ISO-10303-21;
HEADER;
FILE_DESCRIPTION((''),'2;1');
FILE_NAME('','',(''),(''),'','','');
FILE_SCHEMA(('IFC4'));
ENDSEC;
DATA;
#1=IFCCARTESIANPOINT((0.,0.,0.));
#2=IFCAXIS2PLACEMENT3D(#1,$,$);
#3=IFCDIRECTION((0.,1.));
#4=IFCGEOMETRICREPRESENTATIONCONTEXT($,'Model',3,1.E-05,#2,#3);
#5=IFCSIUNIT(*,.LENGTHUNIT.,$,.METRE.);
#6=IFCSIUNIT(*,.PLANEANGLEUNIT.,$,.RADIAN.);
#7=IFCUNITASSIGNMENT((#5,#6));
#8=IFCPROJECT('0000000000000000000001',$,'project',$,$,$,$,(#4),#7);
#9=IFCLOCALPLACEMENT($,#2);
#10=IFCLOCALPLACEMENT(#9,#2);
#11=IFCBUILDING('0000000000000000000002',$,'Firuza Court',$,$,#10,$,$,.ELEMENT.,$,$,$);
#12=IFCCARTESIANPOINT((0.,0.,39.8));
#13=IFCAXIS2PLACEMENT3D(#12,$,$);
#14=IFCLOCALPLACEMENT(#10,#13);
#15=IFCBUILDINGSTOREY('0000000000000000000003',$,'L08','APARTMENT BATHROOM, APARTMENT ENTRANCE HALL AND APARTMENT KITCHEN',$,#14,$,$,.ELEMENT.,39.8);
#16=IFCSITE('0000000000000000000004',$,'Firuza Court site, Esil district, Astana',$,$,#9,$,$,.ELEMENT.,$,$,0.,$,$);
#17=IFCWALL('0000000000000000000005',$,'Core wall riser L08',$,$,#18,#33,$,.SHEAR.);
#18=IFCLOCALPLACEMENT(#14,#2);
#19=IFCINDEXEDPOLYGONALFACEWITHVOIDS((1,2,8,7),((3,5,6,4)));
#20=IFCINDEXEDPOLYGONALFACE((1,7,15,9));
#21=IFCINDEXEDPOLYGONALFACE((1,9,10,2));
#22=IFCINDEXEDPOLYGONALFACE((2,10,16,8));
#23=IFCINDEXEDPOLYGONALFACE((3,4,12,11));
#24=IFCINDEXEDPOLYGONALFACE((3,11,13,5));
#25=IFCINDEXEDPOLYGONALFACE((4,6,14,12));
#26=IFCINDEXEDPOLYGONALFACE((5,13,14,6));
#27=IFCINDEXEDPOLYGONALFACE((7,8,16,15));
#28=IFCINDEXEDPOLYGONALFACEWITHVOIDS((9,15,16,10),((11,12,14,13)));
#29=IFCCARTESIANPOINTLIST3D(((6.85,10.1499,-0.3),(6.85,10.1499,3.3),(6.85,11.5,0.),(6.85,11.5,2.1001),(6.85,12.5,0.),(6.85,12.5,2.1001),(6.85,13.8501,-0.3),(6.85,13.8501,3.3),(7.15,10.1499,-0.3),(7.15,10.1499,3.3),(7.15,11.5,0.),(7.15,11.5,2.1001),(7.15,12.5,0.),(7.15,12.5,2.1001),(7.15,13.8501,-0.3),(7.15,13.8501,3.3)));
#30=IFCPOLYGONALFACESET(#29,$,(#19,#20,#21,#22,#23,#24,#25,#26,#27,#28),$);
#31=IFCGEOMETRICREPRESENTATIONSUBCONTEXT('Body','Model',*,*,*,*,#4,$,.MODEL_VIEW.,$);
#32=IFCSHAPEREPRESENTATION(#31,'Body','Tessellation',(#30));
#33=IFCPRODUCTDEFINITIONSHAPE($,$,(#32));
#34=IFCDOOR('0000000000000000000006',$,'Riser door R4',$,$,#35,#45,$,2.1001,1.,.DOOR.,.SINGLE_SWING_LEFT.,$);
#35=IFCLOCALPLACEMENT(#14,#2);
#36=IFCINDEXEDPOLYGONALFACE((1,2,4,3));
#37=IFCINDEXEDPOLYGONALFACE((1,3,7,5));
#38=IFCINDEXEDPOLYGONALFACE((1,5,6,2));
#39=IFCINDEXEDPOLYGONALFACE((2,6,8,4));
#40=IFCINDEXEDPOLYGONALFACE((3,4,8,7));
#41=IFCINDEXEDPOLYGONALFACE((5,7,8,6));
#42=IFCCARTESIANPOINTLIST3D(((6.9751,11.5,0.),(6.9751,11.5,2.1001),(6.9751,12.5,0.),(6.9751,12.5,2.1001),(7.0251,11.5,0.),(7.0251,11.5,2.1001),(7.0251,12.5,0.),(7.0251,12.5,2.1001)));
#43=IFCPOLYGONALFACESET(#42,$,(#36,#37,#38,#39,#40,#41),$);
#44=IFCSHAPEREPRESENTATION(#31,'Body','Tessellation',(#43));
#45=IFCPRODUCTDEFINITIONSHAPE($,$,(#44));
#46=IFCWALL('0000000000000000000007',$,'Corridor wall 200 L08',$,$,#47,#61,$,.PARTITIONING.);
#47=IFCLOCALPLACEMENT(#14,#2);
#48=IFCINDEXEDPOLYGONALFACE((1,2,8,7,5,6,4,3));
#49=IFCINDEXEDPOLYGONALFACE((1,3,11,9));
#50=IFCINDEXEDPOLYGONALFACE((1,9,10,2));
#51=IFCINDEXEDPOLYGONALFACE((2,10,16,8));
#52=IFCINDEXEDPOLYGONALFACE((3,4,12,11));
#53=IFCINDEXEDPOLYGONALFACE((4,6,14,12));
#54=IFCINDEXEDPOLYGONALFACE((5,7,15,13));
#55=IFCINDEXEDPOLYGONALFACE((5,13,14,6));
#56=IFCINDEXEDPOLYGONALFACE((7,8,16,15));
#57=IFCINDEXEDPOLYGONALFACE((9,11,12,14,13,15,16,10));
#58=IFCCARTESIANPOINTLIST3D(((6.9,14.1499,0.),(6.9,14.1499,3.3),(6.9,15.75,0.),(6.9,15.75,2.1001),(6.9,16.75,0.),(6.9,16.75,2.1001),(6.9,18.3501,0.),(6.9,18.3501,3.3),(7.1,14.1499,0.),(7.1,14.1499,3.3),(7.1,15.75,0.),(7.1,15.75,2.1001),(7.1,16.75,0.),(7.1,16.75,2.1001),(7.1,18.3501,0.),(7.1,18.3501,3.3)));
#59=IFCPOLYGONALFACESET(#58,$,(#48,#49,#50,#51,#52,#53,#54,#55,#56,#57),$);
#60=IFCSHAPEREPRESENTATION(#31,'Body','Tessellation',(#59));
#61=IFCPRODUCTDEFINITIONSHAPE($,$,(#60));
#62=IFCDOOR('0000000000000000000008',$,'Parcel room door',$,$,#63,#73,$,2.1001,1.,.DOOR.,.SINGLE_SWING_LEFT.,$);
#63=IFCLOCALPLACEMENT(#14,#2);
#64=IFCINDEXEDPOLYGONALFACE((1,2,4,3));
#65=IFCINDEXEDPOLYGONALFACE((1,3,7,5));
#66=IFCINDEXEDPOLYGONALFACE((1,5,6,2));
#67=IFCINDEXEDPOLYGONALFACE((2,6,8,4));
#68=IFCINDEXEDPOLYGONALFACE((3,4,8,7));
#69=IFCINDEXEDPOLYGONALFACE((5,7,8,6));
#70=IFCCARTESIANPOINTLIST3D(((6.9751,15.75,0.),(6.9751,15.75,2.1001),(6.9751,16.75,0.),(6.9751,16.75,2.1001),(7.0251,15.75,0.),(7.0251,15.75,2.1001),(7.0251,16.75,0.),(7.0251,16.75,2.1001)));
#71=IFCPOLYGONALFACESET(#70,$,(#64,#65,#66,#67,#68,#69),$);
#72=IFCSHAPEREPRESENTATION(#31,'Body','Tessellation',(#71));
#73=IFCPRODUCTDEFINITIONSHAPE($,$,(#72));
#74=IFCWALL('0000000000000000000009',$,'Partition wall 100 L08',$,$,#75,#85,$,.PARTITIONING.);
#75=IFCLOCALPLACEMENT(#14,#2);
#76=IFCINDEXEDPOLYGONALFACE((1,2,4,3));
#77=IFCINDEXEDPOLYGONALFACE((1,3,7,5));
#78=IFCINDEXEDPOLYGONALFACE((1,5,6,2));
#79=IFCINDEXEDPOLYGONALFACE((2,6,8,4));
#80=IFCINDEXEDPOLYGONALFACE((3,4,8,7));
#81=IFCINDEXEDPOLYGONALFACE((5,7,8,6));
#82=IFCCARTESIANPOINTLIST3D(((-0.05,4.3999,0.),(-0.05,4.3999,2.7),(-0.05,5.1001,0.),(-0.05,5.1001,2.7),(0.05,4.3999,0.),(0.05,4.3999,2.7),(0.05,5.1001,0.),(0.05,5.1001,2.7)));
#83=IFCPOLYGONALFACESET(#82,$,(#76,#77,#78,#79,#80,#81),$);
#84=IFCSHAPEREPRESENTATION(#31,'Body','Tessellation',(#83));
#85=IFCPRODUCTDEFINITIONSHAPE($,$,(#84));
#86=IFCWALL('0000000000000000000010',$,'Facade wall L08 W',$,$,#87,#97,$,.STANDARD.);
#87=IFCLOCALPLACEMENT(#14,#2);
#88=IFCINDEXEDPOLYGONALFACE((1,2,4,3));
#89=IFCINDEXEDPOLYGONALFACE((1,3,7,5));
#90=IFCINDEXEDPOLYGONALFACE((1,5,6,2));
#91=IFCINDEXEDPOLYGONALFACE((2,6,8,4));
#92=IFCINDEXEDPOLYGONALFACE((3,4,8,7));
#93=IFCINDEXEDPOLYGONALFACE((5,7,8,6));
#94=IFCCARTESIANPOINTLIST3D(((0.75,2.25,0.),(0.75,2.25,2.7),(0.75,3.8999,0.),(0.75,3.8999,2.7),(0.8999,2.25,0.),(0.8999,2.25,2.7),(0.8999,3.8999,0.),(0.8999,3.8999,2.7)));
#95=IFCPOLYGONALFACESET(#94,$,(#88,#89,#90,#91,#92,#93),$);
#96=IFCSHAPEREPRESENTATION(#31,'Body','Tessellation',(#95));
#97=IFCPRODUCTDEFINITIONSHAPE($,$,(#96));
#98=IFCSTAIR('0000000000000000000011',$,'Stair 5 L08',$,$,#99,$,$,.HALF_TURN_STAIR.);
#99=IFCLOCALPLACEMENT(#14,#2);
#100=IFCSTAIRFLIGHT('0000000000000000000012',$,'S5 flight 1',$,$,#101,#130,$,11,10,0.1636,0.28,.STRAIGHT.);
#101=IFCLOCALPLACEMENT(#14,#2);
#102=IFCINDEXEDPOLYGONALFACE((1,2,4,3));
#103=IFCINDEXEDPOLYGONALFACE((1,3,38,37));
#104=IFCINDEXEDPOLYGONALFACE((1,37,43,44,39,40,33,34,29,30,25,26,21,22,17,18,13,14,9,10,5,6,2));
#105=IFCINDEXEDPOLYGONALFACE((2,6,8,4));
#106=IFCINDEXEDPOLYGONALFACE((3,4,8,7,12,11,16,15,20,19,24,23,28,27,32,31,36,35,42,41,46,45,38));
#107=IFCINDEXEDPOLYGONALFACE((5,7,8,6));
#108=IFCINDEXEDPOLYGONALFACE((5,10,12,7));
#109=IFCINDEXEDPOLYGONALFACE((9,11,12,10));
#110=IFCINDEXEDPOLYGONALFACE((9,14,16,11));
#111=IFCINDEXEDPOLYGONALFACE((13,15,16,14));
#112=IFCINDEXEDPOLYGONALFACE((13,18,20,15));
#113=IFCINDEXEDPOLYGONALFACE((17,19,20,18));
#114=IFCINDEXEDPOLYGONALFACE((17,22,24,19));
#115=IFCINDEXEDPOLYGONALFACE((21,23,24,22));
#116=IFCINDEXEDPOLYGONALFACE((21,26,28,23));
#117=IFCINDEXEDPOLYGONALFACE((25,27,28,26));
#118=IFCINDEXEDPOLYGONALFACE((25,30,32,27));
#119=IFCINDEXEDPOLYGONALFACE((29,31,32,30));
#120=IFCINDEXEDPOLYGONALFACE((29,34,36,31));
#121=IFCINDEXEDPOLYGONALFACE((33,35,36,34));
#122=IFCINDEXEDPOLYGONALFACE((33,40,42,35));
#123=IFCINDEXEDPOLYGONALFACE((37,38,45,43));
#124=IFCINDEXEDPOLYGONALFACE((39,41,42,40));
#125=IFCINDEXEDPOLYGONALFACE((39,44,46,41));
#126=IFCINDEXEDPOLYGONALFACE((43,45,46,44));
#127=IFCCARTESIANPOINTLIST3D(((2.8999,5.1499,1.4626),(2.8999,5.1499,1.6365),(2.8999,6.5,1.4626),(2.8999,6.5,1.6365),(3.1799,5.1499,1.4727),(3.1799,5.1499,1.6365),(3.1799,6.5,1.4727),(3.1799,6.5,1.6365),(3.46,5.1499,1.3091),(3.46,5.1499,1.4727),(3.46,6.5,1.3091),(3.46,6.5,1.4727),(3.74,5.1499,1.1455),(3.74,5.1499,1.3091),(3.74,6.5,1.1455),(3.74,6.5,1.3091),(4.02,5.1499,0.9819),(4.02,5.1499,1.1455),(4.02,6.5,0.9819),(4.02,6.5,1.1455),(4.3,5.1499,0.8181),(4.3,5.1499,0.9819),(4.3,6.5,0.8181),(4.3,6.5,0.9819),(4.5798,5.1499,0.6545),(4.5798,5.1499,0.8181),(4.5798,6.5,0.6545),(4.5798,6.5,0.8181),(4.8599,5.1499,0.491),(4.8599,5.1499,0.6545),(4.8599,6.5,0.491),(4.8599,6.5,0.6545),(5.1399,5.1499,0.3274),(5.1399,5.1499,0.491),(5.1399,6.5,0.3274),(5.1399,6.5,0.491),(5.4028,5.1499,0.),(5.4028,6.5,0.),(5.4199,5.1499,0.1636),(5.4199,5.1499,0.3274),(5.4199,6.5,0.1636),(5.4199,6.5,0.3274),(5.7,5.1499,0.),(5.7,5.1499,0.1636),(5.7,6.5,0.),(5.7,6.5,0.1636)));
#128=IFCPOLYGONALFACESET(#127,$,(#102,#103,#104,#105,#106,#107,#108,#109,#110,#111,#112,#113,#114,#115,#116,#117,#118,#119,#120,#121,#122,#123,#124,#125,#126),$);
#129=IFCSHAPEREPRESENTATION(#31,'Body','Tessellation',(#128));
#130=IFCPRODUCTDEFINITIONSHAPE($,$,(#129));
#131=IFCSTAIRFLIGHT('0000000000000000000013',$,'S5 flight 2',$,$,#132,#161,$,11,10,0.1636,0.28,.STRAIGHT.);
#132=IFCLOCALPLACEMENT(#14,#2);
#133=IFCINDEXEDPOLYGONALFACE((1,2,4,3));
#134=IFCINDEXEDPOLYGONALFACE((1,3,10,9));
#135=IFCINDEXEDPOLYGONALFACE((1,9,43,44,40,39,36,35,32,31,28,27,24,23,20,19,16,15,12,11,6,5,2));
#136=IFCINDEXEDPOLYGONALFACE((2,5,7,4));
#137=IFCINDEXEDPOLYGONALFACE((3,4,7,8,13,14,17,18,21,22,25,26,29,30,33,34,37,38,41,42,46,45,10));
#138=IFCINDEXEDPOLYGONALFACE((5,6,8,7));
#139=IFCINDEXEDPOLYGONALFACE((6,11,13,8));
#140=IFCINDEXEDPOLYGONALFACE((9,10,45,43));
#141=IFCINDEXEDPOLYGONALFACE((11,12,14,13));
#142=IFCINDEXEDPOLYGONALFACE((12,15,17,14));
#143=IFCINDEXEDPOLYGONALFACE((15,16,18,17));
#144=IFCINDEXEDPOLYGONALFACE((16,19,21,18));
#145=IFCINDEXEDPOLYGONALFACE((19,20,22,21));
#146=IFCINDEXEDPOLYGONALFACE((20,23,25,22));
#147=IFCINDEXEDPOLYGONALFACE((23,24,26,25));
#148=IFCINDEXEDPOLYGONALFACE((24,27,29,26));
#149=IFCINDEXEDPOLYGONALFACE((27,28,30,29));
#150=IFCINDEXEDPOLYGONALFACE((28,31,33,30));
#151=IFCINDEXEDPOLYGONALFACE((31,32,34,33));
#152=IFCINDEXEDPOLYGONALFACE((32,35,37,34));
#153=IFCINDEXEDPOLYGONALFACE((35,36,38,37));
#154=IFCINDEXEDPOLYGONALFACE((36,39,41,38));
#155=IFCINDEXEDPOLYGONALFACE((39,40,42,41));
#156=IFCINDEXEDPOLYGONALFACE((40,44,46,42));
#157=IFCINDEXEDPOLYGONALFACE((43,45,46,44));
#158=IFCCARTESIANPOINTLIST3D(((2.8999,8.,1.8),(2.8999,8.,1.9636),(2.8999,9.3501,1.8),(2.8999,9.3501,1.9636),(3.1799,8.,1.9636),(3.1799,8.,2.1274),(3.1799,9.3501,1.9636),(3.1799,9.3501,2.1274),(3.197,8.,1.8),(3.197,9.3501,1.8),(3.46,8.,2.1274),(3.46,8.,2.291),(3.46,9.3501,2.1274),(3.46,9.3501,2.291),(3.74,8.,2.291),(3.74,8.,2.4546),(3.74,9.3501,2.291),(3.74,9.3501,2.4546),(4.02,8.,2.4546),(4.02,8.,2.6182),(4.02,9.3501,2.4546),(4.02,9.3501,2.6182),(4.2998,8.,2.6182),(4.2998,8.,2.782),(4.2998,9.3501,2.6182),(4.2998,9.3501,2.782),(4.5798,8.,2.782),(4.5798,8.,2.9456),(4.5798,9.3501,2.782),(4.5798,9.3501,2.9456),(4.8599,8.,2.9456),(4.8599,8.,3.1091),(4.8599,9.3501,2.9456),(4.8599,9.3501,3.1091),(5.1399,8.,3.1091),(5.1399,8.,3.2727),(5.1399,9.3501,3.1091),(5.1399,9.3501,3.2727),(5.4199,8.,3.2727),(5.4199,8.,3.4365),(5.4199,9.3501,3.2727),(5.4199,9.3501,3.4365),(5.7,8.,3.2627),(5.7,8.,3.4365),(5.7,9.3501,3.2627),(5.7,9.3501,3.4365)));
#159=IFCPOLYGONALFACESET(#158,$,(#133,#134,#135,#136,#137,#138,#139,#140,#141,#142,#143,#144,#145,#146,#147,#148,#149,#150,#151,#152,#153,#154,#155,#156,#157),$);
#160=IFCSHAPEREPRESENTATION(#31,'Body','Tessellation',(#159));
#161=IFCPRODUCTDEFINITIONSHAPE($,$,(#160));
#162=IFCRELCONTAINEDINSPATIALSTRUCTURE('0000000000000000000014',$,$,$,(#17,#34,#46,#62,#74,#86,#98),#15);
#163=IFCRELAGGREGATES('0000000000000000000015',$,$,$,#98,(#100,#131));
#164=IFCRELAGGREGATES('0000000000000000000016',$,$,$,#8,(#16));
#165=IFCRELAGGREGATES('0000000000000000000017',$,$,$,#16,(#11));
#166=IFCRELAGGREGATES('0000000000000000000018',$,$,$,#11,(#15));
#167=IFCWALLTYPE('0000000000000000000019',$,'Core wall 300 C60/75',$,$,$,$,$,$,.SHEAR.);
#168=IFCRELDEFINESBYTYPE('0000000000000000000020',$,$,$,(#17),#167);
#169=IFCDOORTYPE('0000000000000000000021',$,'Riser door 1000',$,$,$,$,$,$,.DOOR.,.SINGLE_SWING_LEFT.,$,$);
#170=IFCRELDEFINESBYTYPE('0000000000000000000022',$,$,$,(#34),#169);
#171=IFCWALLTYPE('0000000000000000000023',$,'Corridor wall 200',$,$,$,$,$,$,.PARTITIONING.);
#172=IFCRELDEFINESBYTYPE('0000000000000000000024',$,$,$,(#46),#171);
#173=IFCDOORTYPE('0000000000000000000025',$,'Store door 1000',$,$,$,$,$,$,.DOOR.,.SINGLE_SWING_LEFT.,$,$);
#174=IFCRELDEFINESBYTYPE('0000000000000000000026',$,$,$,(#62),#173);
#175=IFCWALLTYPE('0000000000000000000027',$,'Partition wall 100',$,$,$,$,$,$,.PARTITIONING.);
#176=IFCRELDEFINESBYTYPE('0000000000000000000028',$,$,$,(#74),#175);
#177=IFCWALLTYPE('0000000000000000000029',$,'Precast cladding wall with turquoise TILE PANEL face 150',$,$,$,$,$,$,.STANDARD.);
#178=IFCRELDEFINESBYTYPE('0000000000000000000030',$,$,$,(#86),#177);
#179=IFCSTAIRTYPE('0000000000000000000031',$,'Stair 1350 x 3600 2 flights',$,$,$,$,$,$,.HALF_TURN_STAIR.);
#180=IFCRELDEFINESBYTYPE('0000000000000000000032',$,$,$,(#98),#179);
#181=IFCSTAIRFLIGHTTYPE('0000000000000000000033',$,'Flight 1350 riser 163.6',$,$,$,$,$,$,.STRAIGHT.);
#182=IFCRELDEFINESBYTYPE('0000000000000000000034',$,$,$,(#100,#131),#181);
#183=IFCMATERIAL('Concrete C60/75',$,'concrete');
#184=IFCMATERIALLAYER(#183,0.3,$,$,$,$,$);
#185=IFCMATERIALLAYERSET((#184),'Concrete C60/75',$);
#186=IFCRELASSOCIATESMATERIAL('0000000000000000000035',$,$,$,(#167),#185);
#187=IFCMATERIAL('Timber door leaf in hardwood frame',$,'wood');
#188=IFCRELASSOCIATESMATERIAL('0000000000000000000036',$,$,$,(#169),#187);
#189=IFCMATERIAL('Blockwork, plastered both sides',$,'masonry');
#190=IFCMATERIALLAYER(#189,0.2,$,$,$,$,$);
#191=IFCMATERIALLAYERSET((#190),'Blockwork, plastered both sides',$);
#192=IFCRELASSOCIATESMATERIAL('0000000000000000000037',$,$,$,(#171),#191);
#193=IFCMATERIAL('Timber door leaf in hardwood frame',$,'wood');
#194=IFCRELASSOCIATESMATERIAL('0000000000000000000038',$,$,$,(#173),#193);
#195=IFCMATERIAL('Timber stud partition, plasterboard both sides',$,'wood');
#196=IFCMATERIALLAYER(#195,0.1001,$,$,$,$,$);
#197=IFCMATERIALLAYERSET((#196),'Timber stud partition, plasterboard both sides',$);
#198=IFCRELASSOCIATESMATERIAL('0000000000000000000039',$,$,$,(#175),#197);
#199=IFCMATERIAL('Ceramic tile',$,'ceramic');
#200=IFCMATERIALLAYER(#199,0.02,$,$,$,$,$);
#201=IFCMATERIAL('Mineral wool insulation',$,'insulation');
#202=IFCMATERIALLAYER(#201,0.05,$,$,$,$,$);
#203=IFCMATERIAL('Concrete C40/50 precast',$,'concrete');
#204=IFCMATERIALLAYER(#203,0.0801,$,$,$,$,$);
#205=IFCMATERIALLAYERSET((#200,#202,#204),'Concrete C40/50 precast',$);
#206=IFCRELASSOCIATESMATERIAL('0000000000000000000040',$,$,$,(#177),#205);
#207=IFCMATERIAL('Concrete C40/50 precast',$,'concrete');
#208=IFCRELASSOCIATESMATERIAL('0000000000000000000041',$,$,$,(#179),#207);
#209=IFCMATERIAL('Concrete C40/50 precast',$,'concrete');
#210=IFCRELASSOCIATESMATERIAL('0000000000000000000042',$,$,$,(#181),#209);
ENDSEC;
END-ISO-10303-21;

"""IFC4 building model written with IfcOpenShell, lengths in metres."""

from ifc_helpers import new_model, si_unit, direction, frame, frame_2d, origin, place, context, subcontext, project, spatial, polyline, rectangle, outline, extrude, material, layer, layer_set, type_object, element, fill, aggregate, save


model = new_model("IFC4")

# Units and contexts
model_context = context("Model", 3, precision=1e-05, world=origin(), true_north=direction((0.0, 1.0)))
body_context = subcontext(model_context, "Body", "Model", "MODEL_VIEW")
ifc_project = project(units=[si_unit("LENGTHUNIT", "METRE"), si_unit("PLANEANGLEUNIT", "RADIAN")], contexts=[model_context])

# Site, building, storey
site_placement = place(None, origin())
site = spatial("IfcSite", under=ifc_project, at=site_placement, Name="Firuza Court site, Esil district, Astana", CompositionType="ELEMENT", RefElevation=0.0)
building_placement = place(site_placement, origin())
building = spatial("IfcBuilding", under=site, at=building_placement, Name="Firuza Court", CompositionType="ELEMENT")
storey_placement = place(building_placement, frame((0.0, 0.0, 39.8)))
storey = spatial("IfcBuildingStorey", under=building, at=storey_placement, Name="L08", Description="APARTMENT BATHROOM, APARTMENT ENTRANCE HALL AND APARTMENT KITCHEN", CompositionType="ELEMENT", Elevation=39.8)

# Shared definitions
ifc_material_1 = material(Name="Concrete C60/75", Category="concrete")
ifc_layer_1 = layer(ifc_material_1, 0.3)
ifc_layer_set_1 = layer_set([ifc_layer_1], Name="Concrete C60/75")
wall_type_1 = type_object("IfcWallType", Name="Core wall 300 C60/75", PredefinedType="SHEAR", material=ifc_layer_set_1)

# Walls, openings, doors
wall_1_placement = place(storey_placement, frame((7.0, 10.1499, -0.3), z_axis=(0.0, 0.0, 1.0), x_axis=(0.0, 1.0, 0.0)))
wall_1 = element("IfcWall", 1, at=wall_1_placement, inside=storey, type_object=wall_type_1, Name="Core wall riser L08", PredefinedType="SHEAR", context=body_context, shape_type="SweptSolid", body=[
    extrude(rectangle(XDim=3.7002, YDim=0.3, at=frame_2d((1.8501, 0.0))), origin(), (0.0, 0.0, 1.0), 3.6001),
])
opening_1_placement = place(wall_1_placement, frame((1.3501, 0.0, 0.3)))
opening_1 = element("IfcOpeningElement", 2, at=opening_1_placement, cuts=wall_1, PredefinedType="OPENING", context=body_context, shape_type="SweptSolid", body=[
    extrude(rectangle(XDim=1.0, YDim=2.1001, at=frame_2d((0.5, 1.05))), frame((0.0, 0.1621, 0.0), z_axis=(0.0, -1.0, 0.0), x_axis=(1.0, 0.0, 0.0)), (0.0, 0.0, 1.0), 0.324),
])
ifc_material_2 = material(Name="Timber door leaf in hardwood frame", Category="wood")
door_type_1 = type_object("IfcDoorType", Name="Riser door 1000", OperationType="SINGLE_SWING_LEFT", PredefinedType="DOOR", material=ifc_material_2)
door_1_placement = place(opening_1_placement, origin())
door_1 = element("IfcDoor", 3, at=door_1_placement, inside=storey, type_object=door_type_1, Name="Riser door R4", OperationType="SINGLE_SWING_LEFT", OverallHeight=2.1001, OverallWidth=1.0, PredefinedType="DOOR", context=body_context, shape_type="SweptSolid", body=[
    extrude(rectangle(XDim=1.0, YDim=2.1001, at=frame_2d((0.5, 1.05))), frame((0.0, 0.0249, 0.0), z_axis=(0.0, -1.0, 0.0), x_axis=(1.0, 0.0, 0.0)), (0.0, 0.0, 1.0), 0.05),
])
fill(opening_1, door_1)
ifc_material_3 = material(Name="Blockwork, plastered both sides", Category="masonry")
ifc_layer_2 = layer(ifc_material_3, 0.2)
ifc_layer_set_2 = layer_set([ifc_layer_2], Name="Blockwork, plastered both sides")
wall_type_2 = type_object("IfcWallType", Name="Corridor wall 200", PredefinedType="PARTITIONING", material=ifc_layer_set_2)
wall_2_placement = place(storey_placement, frame((7.0, 14.1499, 0.0), z_axis=(0.0, 0.0, 1.0), x_axis=(0.0, 1.0, 0.0)))
wall_2 = element("IfcWall", 4, at=wall_2_placement, inside=storey, type_object=wall_type_2, Name="Corridor wall 200 L08", PredefinedType="PARTITIONING", context=body_context, shape_type="SweptSolid", body=[
    extrude(rectangle(XDim=4.2002, YDim=0.2, at=frame_2d((2.1001, 0.0))), origin(), (0.0, 0.0, 1.0), 3.3),
])
opening_2_placement = place(wall_2_placement, frame((1.6001, 0.0, 0.0)))
opening_2 = element("IfcOpeningElement", 5, at=opening_2_placement, cuts=wall_2, PredefinedType="OPENING", context=body_context, shape_type="SweptSolid", body=[
    extrude(rectangle(XDim=1.0, YDim=2.1001, at=frame_2d((0.5, 1.05))), frame((0.0, 0.1118, 0.0), z_axis=(0.0, -1.0, 0.0), x_axis=(1.0, 0.0, 0.0)), (0.0, 0.0, 1.0), 0.2239),
])
ifc_material_4 = material(Name="Timber door leaf in hardwood frame", Category="wood")
door_type_2 = type_object("IfcDoorType", Name="Store door 1000", OperationType="SINGLE_SWING_LEFT", PredefinedType="DOOR", material=ifc_material_4)
door_2_placement = place(opening_2_placement, origin())
door_2 = element("IfcDoor", 6, at=door_2_placement, inside=storey, type_object=door_type_2, Name="Parcel room door", OperationType="SINGLE_SWING_LEFT", OverallHeight=2.1001, OverallWidth=1.0, PredefinedType="DOOR", context=body_context, shape_type="SweptSolid", body=[
    extrude(rectangle(XDim=1.0, YDim=2.1001, at=frame_2d((0.5, 1.05))), frame((0.0, 0.0249, 0.0), z_axis=(0.0, -1.0, 0.0), x_axis=(1.0, 0.0, 0.0)), (0.0, 0.0, 1.0), 0.05),
])
fill(opening_2, door_2)

# Walls
ifc_material_5 = material(Name="Timber stud partition, plasterboard both sides", Category="wood")
ifc_layer_3 = layer(ifc_material_5, 0.1001)
ifc_layer_set_3 = layer_set([ifc_layer_3], Name="Timber stud partition, plasterboard both sides")
wall_type_3 = type_object("IfcWallType", Name="Partition wall 100", PredefinedType="PARTITIONING", material=ifc_layer_set_3)
wall_3_placement = place(storey_placement, frame((0.0, 4.3999, 0.0), z_axis=(0.0, 0.0, 1.0), x_axis=(0.0, 1.0, 0.0)))
element("IfcWall", 7, at=wall_3_placement, inside=storey, type_object=wall_type_3, Name="Partition wall 100 L08", PredefinedType="PARTITIONING", context=body_context, shape_type="SweptSolid", body=[
    extrude(rectangle(XDim=0.7002, YDim=0.1001, at=frame_2d((0.3501, 0.0))), origin(), (0.0, 0.0, 1.0), 2.7),
])
ifc_material_6 = material(Name="Ceramic tile", Category="ceramic")
ifc_layer_4 = layer(ifc_material_6, 0.02)
ifc_material_7 = material(Name="Mineral wool insulation", Category="insulation")
ifc_layer_5 = layer(ifc_material_7, 0.05)
ifc_material_8 = material(Name="Concrete C40/50 precast", Category="concrete")
ifc_layer_6 = layer(ifc_material_8, 0.0801)
ifc_layer_set_4 = layer_set([ifc_layer_4, ifc_layer_5, ifc_layer_6], Name="Concrete C40/50 precast")
wall_type_4 = type_object("IfcWallType", Name="Precast cladding wall with turquoise TILE PANEL face 150", PredefinedType="STANDARD", material=ifc_layer_set_4)
wall_4_placement = place(storey_placement, frame((0.825, 3.8999, 0.0), z_axis=(0.0, 0.0, 1.0), x_axis=(0.0, -1.0, 0.0)))
element("IfcWall", 8, at=wall_4_placement, inside=storey, type_object=wall_type_4, Name="Facade wall L08 W", PredefinedType="STANDARD", context=body_context, shape_type="SweptSolid", body=[
    extrude(rectangle(XDim=1.6499, YDim=0.1499, at=frame_2d((0.825, 0.0))), origin(), (0.0, 0.0, 1.0), 2.7),
])

# Stair, stair flights
ifc_material_9 = material(Name="Concrete C40/50 precast", Category="concrete")
stair_type = type_object("IfcStairType", Name="Stair 1350 x 3600 2 flights", PredefinedType="HALF_TURN_STAIR", material=ifc_material_9)
stair_placement = place(storey_placement, origin())
stair = element("IfcStair", 9, at=stair_placement, inside=storey, type_object=stair_type, Name="Stair 5 L08", PredefinedType="HALF_TURN_STAIR")
ifc_material_10 = material(Name="Concrete C40/50 precast", Category="concrete")
stair_flight_type = type_object("IfcStairFlightType", Name="Flight 1350 riser 163.6", PredefinedType="STRAIGHT", material=ifc_material_10)
stair_flight_1_placement = place(storey_placement, frame((5.7, 5.825, 0.0), z_axis=(0.0, 0.0, 1.0), x_axis=(-1.0, 0.0, 0.0)))
stair_flight_1 = element("IfcStairFlight", 10, at=stair_flight_1_placement, type_object=stair_flight_type, Name="S5 flight 1", NumberOfRisers=11, NumberOfTreads=10, PredefinedType="STRAIGHT", RiserHeight=0.1636, TreadLength=0.28, context=body_context, shape_type="SweptSolid", body=[
    extrude(outline(polyline([(0.0, 0.0), (0.0, 0.1636), (0.28, 0.1636), (0.28, 0.3274), (0.5601, 0.3274), (0.5601, 0.491), (0.8401, 0.491), (0.8401, 0.6545), (1.1201, 0.6545), (1.1201, 0.8181), (1.3999, 0.8181), (1.3999, 0.9819), (1.6799, 0.9819), (1.6799, 1.1455), (1.96, 1.1455), (1.96, 1.3091), (2.24, 1.3091), (2.24, 1.4727), (2.52, 1.4727), (2.52, 1.6365), (2.8, 1.6365), (2.8, 1.8), (2.8, 1.4626), (0.2971, 0.0), (0.0, 0.0)])), frame((0.0, 0.675, 0.0), z_axis=(0.0, -1.0, 0.0), x_axis=(1.0, 0.0, 0.0)), (0.0, 0.0, 1.0), 1.3501),
])
stair_flight_2_placement = place(storey_placement, frame((2.8999, 8.675, 1.8), z_axis=(0.0, 0.0, 1.0), x_axis=(1.0, 0.0, 0.0)))
stair_flight_2 = element("IfcStairFlight", 11, at=stair_flight_2_placement, type_object=stair_flight_type, Name="S5 flight 2", NumberOfRisers=11, NumberOfTreads=10, PredefinedType="STRAIGHT", RiserHeight=0.1636, TreadLength=0.28, context=body_context, shape_type="SweptSolid", body=[
    extrude(outline(polyline([(0.0, 0.0), (0.0, 0.1636), (0.28, 0.1636), (0.28, 0.3274), (0.5601, 0.3274), (0.5601, 0.491), (0.8401, 0.491), (0.8401, 0.6545), (1.1201, 0.6545), (1.1201, 0.8181), (1.3999, 0.8181), (1.3999, 0.9819), (1.6799, 0.9819), (1.6799, 1.1455), (1.96, 1.1455), (1.96, 1.3091), (2.24, 1.3091), (2.24, 1.4727), (2.52, 1.4727), (2.52, 1.6365), (2.8, 1.6365), (2.8, 1.8), (2.8, 1.4626), (0.2971, 0.0), (0.0, 0.0)])), frame((0.0, 0.675, 0.0), z_axis=(0.0, -1.0, 0.0), x_axis=(1.0, 0.0, 0.0)), (0.0, 0.0, 1.0), 1.3501),
])
aggregate(stair, [stair_flight_1, stair_flight_2])

save(model, "model.ifc")
